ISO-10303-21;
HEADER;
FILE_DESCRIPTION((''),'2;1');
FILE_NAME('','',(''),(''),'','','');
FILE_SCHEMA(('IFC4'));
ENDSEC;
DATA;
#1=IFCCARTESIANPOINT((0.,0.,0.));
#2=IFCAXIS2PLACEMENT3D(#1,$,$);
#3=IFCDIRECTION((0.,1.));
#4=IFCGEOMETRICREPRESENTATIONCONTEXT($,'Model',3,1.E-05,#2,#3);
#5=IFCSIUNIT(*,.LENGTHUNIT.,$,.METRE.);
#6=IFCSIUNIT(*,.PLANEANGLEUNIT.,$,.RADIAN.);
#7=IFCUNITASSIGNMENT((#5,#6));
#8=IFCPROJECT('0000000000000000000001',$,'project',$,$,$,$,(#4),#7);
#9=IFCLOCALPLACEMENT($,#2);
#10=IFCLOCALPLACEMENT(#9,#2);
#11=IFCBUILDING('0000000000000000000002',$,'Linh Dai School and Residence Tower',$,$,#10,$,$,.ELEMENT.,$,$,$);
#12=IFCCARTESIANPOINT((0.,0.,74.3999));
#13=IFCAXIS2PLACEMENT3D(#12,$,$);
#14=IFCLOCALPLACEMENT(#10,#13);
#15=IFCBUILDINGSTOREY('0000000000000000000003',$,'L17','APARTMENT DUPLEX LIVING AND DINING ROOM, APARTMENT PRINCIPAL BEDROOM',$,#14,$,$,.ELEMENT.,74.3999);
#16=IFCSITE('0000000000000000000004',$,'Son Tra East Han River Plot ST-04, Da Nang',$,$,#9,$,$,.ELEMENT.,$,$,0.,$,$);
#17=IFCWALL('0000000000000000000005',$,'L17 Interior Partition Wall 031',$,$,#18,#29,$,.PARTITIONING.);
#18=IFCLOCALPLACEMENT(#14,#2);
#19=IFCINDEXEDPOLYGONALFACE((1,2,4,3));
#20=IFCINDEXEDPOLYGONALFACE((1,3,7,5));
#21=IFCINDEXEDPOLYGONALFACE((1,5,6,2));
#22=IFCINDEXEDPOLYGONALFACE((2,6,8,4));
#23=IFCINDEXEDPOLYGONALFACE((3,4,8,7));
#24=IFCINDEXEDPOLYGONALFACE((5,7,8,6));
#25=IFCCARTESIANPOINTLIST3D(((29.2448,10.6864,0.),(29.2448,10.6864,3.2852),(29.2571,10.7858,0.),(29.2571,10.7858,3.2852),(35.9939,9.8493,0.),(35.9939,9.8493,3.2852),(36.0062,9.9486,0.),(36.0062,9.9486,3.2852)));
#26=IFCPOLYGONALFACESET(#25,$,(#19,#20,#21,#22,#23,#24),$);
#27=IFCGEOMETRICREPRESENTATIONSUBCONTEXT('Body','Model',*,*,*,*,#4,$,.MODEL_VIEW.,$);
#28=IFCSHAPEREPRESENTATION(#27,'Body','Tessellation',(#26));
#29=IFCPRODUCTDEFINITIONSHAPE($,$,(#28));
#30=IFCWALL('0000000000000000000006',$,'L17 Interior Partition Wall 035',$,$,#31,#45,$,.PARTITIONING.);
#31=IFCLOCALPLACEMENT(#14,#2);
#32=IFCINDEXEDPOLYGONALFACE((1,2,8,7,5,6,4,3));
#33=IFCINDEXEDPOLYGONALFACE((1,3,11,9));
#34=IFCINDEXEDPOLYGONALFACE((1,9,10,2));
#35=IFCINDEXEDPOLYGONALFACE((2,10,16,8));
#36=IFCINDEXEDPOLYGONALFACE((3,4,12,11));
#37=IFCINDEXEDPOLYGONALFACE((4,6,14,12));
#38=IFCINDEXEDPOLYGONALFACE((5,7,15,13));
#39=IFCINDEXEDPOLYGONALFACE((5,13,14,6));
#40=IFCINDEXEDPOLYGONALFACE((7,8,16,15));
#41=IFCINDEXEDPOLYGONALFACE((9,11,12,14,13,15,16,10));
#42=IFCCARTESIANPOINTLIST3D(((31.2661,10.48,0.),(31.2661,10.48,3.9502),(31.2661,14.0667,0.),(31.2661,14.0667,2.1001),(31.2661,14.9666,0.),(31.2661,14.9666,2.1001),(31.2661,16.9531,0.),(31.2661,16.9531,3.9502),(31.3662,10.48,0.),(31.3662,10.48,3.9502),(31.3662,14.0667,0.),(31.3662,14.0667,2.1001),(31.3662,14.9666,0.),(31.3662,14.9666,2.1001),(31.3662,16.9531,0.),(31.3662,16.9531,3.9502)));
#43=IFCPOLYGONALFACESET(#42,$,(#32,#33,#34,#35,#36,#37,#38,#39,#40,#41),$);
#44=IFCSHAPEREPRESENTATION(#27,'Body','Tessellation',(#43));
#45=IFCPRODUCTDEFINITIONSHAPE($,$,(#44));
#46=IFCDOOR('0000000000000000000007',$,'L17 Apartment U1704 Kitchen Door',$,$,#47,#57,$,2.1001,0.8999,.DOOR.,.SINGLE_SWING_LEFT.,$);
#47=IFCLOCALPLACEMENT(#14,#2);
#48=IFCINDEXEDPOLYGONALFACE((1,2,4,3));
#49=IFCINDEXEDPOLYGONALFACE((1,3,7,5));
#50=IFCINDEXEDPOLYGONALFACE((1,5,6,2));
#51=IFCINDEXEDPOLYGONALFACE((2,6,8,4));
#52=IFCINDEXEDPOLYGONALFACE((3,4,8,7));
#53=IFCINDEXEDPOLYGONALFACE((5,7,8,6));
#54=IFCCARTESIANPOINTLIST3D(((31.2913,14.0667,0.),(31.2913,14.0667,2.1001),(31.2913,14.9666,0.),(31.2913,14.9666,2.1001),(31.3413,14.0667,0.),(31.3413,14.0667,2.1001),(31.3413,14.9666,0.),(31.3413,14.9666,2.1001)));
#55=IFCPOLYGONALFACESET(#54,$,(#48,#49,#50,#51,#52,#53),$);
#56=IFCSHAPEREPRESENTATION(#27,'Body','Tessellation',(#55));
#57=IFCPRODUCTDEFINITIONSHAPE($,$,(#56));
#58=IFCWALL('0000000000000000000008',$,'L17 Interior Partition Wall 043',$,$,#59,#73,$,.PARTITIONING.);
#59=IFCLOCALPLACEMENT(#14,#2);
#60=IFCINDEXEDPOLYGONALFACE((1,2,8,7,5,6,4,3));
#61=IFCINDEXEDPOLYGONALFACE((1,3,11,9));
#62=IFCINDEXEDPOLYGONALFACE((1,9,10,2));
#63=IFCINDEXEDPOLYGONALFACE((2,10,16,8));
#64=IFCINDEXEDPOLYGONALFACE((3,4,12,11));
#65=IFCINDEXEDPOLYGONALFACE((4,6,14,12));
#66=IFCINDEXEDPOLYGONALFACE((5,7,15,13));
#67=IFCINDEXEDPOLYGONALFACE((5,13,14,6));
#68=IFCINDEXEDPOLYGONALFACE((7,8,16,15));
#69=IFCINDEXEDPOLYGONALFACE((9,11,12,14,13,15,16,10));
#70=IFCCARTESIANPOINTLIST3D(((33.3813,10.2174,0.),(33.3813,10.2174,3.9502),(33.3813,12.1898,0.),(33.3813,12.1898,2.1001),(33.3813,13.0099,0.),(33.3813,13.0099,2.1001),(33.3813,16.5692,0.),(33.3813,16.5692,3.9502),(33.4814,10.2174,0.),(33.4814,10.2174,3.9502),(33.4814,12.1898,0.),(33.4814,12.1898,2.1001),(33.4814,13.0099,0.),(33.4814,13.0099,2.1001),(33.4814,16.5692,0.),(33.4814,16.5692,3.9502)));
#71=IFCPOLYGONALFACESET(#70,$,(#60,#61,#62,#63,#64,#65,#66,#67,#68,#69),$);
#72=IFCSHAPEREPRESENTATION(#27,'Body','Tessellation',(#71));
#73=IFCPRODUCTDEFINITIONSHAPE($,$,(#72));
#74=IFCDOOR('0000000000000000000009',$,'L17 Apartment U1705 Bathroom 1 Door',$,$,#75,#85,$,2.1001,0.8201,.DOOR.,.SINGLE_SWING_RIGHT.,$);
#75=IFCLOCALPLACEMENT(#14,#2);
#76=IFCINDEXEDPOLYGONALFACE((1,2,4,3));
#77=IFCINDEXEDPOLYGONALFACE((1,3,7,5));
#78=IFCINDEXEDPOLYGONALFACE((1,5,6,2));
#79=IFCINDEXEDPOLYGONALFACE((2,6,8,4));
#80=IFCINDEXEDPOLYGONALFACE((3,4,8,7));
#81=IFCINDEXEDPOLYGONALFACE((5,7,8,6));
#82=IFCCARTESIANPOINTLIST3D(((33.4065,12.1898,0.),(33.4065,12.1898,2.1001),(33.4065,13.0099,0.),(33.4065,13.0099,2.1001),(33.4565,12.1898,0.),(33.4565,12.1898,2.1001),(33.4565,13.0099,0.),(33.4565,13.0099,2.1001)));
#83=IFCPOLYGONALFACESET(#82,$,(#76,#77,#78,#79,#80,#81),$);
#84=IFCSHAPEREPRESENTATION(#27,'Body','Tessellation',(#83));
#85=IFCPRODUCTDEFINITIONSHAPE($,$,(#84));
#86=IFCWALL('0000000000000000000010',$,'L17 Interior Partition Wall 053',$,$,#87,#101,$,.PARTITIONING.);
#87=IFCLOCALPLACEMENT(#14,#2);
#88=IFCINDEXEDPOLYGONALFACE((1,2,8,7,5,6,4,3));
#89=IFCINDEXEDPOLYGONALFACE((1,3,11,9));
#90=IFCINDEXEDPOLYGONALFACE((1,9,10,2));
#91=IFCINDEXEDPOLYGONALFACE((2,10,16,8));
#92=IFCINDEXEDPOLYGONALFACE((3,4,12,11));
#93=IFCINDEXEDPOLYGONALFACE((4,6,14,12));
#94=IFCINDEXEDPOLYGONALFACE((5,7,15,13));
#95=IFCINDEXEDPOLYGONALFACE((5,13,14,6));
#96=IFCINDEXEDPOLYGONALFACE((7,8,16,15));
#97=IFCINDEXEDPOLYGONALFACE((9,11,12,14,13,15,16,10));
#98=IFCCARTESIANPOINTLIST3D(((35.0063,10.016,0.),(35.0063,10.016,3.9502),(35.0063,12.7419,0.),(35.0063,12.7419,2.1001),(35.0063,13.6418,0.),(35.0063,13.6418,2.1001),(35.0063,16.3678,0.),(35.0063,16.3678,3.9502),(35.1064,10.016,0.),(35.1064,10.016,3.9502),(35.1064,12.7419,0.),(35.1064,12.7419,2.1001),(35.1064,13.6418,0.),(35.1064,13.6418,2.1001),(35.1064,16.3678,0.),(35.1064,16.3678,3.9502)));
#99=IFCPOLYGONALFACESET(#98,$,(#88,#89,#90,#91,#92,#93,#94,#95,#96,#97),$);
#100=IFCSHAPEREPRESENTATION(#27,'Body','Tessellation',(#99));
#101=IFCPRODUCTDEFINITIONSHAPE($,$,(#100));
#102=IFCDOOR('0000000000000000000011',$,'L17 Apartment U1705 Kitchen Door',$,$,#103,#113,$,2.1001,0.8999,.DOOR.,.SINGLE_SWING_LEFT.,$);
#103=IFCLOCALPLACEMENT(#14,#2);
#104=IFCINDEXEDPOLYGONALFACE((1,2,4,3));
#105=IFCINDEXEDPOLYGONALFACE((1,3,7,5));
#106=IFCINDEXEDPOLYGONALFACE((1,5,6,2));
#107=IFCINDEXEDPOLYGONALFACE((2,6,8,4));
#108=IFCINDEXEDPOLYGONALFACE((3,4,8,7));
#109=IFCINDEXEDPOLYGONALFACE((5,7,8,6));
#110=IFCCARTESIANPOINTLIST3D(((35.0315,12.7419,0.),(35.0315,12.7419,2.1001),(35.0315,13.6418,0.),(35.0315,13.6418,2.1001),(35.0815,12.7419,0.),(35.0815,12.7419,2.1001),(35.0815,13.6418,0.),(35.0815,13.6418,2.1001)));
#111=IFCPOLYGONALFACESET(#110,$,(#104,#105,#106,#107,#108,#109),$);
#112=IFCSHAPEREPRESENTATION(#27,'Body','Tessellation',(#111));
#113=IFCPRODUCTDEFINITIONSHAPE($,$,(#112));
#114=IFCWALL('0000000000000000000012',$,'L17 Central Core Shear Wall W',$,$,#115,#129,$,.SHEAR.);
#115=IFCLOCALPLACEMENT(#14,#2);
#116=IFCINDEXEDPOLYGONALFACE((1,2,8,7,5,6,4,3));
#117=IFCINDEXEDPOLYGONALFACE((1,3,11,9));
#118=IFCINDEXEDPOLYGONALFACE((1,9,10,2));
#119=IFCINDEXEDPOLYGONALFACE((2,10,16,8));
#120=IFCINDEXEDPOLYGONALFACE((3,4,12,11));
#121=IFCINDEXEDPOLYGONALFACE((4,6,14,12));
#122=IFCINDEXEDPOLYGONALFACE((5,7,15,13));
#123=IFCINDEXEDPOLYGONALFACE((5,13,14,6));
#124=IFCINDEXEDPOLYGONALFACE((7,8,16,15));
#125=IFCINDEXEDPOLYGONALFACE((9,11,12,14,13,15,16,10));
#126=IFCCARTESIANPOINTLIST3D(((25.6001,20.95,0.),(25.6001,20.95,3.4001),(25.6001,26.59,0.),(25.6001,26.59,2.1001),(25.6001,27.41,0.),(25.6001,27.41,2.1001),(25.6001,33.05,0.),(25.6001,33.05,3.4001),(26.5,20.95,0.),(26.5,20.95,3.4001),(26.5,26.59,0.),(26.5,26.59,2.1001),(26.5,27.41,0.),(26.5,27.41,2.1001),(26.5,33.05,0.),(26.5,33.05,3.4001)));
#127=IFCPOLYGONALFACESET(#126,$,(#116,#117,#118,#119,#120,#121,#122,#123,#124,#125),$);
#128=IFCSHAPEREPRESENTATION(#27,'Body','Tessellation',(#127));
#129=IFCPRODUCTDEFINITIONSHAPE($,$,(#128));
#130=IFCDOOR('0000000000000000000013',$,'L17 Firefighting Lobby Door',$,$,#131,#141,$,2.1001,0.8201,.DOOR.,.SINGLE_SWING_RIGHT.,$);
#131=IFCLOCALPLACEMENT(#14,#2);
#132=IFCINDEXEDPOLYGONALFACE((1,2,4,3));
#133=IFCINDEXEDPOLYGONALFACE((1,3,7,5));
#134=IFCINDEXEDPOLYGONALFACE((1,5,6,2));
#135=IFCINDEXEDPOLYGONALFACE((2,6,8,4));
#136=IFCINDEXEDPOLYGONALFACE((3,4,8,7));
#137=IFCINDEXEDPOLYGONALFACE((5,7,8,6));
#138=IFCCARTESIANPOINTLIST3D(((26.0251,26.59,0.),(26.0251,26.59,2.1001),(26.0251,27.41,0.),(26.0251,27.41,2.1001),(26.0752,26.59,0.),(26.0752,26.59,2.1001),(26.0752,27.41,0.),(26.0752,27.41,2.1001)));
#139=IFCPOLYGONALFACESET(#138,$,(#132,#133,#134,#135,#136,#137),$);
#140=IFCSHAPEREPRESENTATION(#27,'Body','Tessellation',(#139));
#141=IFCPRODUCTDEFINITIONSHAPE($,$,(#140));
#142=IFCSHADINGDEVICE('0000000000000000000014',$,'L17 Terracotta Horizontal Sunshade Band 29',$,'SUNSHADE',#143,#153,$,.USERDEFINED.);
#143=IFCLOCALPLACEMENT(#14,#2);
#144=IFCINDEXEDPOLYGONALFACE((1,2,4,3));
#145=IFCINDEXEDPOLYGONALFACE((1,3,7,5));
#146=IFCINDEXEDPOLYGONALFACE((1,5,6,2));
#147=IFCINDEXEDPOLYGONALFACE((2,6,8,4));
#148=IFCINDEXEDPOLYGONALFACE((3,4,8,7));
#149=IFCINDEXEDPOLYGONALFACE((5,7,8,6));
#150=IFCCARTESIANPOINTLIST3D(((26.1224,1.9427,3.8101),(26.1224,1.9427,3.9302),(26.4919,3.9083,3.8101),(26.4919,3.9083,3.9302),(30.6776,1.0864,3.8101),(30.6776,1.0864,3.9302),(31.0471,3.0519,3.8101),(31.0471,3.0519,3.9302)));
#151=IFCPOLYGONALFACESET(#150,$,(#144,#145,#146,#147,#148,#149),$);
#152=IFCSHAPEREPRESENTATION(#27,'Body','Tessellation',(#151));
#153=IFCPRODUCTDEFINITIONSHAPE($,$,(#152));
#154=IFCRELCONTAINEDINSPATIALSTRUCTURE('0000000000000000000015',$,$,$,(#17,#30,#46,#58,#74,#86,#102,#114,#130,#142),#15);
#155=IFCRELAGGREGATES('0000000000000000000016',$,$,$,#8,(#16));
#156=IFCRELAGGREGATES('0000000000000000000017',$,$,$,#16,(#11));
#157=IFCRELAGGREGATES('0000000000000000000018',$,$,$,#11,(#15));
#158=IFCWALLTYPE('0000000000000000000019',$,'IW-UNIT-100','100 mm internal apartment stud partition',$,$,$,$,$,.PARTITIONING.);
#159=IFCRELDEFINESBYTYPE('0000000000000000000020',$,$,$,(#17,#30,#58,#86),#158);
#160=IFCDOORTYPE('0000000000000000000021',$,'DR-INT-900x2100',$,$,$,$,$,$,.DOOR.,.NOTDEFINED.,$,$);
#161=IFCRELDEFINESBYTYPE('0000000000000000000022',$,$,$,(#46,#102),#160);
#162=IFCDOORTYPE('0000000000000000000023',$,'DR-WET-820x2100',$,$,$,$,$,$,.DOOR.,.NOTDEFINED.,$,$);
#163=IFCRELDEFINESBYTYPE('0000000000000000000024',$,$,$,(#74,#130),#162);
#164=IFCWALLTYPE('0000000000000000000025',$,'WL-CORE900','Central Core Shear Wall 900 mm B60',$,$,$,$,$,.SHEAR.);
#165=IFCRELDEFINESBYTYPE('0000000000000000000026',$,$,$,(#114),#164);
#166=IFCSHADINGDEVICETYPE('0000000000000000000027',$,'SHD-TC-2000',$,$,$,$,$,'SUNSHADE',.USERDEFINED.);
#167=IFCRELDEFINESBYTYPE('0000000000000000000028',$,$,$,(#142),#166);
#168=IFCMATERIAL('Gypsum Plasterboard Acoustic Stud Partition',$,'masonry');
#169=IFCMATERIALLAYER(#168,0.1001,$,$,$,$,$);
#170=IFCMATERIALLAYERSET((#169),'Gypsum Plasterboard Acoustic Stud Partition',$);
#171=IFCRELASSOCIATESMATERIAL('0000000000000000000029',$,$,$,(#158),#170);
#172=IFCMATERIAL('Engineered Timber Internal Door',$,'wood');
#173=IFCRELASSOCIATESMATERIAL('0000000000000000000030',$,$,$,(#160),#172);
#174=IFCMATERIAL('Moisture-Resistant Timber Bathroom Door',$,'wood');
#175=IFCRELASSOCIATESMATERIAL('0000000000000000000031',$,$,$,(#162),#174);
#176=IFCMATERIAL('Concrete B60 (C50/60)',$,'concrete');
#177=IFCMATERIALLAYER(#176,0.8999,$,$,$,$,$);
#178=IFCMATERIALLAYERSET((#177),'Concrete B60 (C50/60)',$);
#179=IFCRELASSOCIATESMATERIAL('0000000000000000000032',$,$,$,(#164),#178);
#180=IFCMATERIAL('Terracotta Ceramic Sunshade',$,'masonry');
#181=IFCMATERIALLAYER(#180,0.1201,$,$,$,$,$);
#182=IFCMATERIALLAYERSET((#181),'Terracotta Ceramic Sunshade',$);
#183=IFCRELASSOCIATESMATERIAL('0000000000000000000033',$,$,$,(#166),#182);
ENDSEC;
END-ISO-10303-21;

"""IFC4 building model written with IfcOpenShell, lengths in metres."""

from ifc_helpers import new_model, si_unit, direction, frame, frame_2d, origin, origin_2d, place, context, subcontext, project, spatial, rectangle, extrude, source, transform, mapped, material, layer, layer_set, type_object, element, fill, save


model = new_model("IFC4")

# Units and contexts
model_context = context("Model", 3, precision=1e-05, world=origin(), true_north=direction((0.0, 1.0)))
body_context = subcontext(model_context, "Body", "Model", "MODEL_VIEW")
ifc_project = project(units=[si_unit("LENGTHUNIT", "METRE"), si_unit("PLANEANGLEUNIT", "RADIAN")], contexts=[model_context])

# Site, building, storey
site_placement = place(None, origin())
site = spatial("IfcSite", under=ifc_project, at=site_placement, Name="Son Tra East Han River Plot ST-04, Da Nang", CompositionType="ELEMENT", RefElevation=0.0)
building_placement = place(site_placement, origin())
building = spatial("IfcBuilding", under=site, at=building_placement, Name="Linh Dai School and Residence Tower", CompositionType="ELEMENT")
storey_placement = place(building_placement, frame((0.0, 0.0, 74.3999)))
storey = spatial("IfcBuildingStorey", under=building, at=storey_placement, Name="L17", Description="APARTMENT DUPLEX LIVING AND DINING ROOM, APARTMENT PRINCIPAL BEDROOM", CompositionType="ELEMENT", Elevation=74.3999)

# Shared definitions
ifc_material_1 = material(Name="Concrete B60 (C50/60)", Category="concrete")

# Wall
ifc_material_2 = material(Name="Gypsum Plasterboard Acoustic Stud Partition", Category="masonry")
ifc_layer_1 = layer(ifc_material_2, 0.1001)
ifc_layer_set_1 = layer_set([ifc_layer_1], Name="Gypsum Plasterboard Acoustic Stud Partition")
wall_type_1 = type_object("IfcWallType", Name="IW-UNIT-100", Description="100 mm internal apartment stud partition", PredefinedType="PARTITIONING", material=ifc_layer_set_1)
wall_1_placement = place(storey_placement, frame((29.251, 10.7361, 0.0), z_axis=(0.0, 0.0, 1.0), x_axis=(0.992395, -0.123098, 0.0)))
element("IfcWall", 1, at=wall_1_placement, inside=storey, type_object=wall_type_1, Name="L17 Interior Partition Wall 031", PredefinedType="PARTITIONING", context=body_context, shape_type="SweptSolid", body=[
    extrude(rectangle(XDim=6.8008, YDim=0.1001, at=frame_2d((3.4004, 0.0))), origin(), (0.0, 0.0, 1.0), 3.2852),
])

# Walls, openings, doors
wall_2_placement = place(storey_placement, frame((31.3162, 10.48, 0.0), z_axis=(0.0, 0.0, 1.0), x_axis=(0.0, 1.0, 0.0)))
wall_2 = element("IfcWall", 2, at=wall_2_placement, inside=storey, type_object=wall_type_1, Name="L17 Interior Partition Wall 035", PredefinedType="PARTITIONING", context=body_context, shape_type="SweptSolid", body=[
    extrude(rectangle(XDim=6.4731, YDim=0.1001, at=frame_2d((3.2366, 0.0))), origin(), (0.0, 0.0, 1.0), 3.9502),
])
opening_1_placement = place(wall_2_placement, frame((3.5867, 0.0, 0.0)))
opening_1 = element("IfcOpeningElement", 3, at=opening_1_placement, cuts=wall_2, PredefinedType="OPENING", context=body_context, shape_type="SweptSolid", body=[
    extrude(rectangle(XDim=0.8999, YDim=2.1001, at=origin_2d()), frame((0.45, 0.0601, 1.05), z_axis=(0.0, -1.0, 0.0), x_axis=(1.0, 0.0, 0.0)), (0.0, 0.0, 1.0), 0.1201),
])
ifc_material_3 = material(Name="Engineered Timber Internal Door", Category="wood")
door_type_1 = type_object("IfcDoorType", Name="DR-INT-900x2100", OperationType="NOTDEFINED", PredefinedType="DOOR", material=ifc_material_3)
shared_shape_1 = source(origin(), body_context, "Body", "SweptSolid", [
    extrude(rectangle(XDim=0.8999, YDim=2.1001, at=origin_2d()), frame((0.45, 0.0249, 1.05), z_axis=(0.0, -1.0, 0.0), x_axis=(1.0, 0.0, 0.0)), (0.0, 0.0, 1.0), 0.05),
])
door_1_placement = place(opening_1_placement, origin())
door_1 = element("IfcDoor", 4, at=door_1_placement, inside=storey, type_object=door_type_1, Name="L17 Apartment U1704 Kitchen Door", OperationType="SINGLE_SWING_LEFT", OverallHeight=2.1001, OverallWidth=0.8999, PredefinedType="DOOR", context=body_context, shape_type="MappedRepresentation", body=[
    mapped(shared_shape_1, transform((0.0, 0.0, 0.0), x_axis=(1.0, 0.0, 0.0), y_axis=(0.0, 1.0, 0.0), z_axis=(0.0, 0.0, 1.0), scale=1.0)),
])
fill(opening_1, door_1)
wall_3_placement = place(storey_placement, frame((33.4314, 10.2175, 0.0), z_axis=(0.0, 0.0, 1.0), x_axis=(0.0, 1.0, 0.0)))
wall_3 = element("IfcWall", 5, at=wall_3_placement, inside=storey, type_object=wall_type_1, Name="L17 Interior Partition Wall 043", PredefinedType="PARTITIONING", context=body_context, shape_type="SweptSolid", body=[
    extrude(rectangle(XDim=6.3518, YDim=0.1001, at=frame_2d((3.1758, 0.0))), origin(), (0.0, 0.0, 1.0), 3.9502),
])
opening_2_placement = place(wall_3_placement, frame((1.9722, 0.0, 0.0)))
opening_2 = element("IfcOpeningElement", 6, at=opening_2_placement, cuts=wall_3, PredefinedType="OPENING", context=body_context, shape_type="SweptSolid", body=[
    extrude(rectangle(XDim=0.8201, YDim=2.1001, at=origin_2d()), frame((0.4102, 0.0601, 1.05), z_axis=(0.0, -1.0, 0.0), x_axis=(1.0, 0.0, 0.0)), (0.0, 0.0, 1.0), 0.1201),
])
ifc_material_4 = material(Name="Moisture-Resistant Timber Bathroom Door", Category="wood")
door_type_2 = type_object("IfcDoorType", Name="DR-WET-820x2100", OperationType="NOTDEFINED", PredefinedType="DOOR", material=ifc_material_4)
shared_shape_2 = source(origin(), body_context, "Body", "SweptSolid", [
    extrude(rectangle(XDim=0.8201, YDim=2.1001, at=origin_2d()), frame((0.4102, 0.0249, 1.05), z_axis=(0.0, -1.0, 0.0), x_axis=(1.0, 0.0, 0.0)), (0.0, 0.0, 1.0), 0.05),
])
door_2_placement = place(opening_2_placement, origin())
door_2 = element("IfcDoor", 7, at=door_2_placement, inside=storey, type_object=door_type_2, Name="L17 Apartment U1705 Bathroom 1 Door", OperationType="SINGLE_SWING_RIGHT", OverallHeight=2.1001, OverallWidth=0.8201, PredefinedType="DOOR", context=body_context, shape_type="MappedRepresentation", body=[
    mapped(shared_shape_2, transform((0.0, 0.0, 0.0), x_axis=(1.0, 0.0, 0.0), y_axis=(0.0, 1.0, 0.0), z_axis=(0.0, 0.0, 1.0), scale=1.0)),
])
fill(opening_2, door_2)
wall_4_placement = place(storey_placement, frame((35.0564, 10.0161, 0.0), z_axis=(0.0, 0.0, 1.0), x_axis=(0.0, 1.0, 0.0)))
wall_4 = element("IfcWall", 8, at=wall_4_placement, inside=storey, type_object=wall_type_1, Name="L17 Interior Partition Wall 053", PredefinedType="PARTITIONING", context=body_context, shape_type="SweptSolid", body=[
    extrude(rectangle(XDim=6.3518, YDim=0.1001, at=frame_2d((3.1758, 0.0))), origin(), (0.0, 0.0, 1.0), 3.9502),
])
opening_3_placement = place(wall_4_placement, frame((2.7258, 0.0, 0.0)))
opening_3 = element("IfcOpeningElement", 9, at=opening_3_placement, cuts=wall_4, PredefinedType="OPENING", context=body_context, shape_type="SweptSolid", body=[
    extrude(rectangle(XDim=0.8999, YDim=2.1001, at=origin_2d()), frame((0.45, 0.0601, 1.05), z_axis=(0.0, -1.0, 0.0), x_axis=(1.0, 0.0, 0.0)), (0.0, 0.0, 1.0), 0.1201),
])
door_3_placement = place(opening_3_placement, origin())
door_3 = element("IfcDoor", 10, at=door_3_placement, inside=storey, type_object=door_type_1, Name="L17 Apartment U1705 Kitchen Door", OperationType="SINGLE_SWING_LEFT", OverallHeight=2.1001, OverallWidth=0.8999, PredefinedType="DOOR", context=body_context, shape_type="MappedRepresentation", body=[
    mapped(shared_shape_1, transform((0.0, 0.0, 0.0), x_axis=(1.0, 0.0, 0.0), y_axis=(0.0, 1.0, 0.0), z_axis=(0.0, 0.0, 1.0), scale=1.0)),
])
fill(opening_3, door_3)
ifc_layer_2 = layer(ifc_material_1, 0.8999)
ifc_layer_set_2 = layer_set([ifc_layer_2], Name="Concrete B60 (C50/60)")
wall_type_2 = type_object("IfcWallType", Name="WL-CORE900", Description="Central Core Shear Wall 900 mm B60", PredefinedType="SHEAR", material=ifc_layer_set_2)
wall_5_placement = place(storey_placement, frame((26.05, 20.95, 0.0), z_axis=(0.0, 0.0, 1.0), x_axis=(0.0, 1.0, 0.0)))
wall_5 = element("IfcWall", 11, at=wall_5_placement, inside=storey, type_object=wall_type_2, Name="L17 Central Core Shear Wall W", PredefinedType="SHEAR", context=body_context, shape_type="SweptSolid", body=[
    extrude(rectangle(XDim=12.1001, YDim=0.8999, at=frame_2d((6.05, 0.0))), origin(), (0.0, 0.0, 1.0), 3.4001),
])
opening_4_placement = place(wall_5_placement, frame((5.6399, 0.0, 0.0)))
opening_4 = element("IfcOpeningElement", 12, at=opening_4_placement, cuts=wall_5, PredefinedType="OPENING", context=body_context, shape_type="SweptSolid", body=[
    extrude(rectangle(XDim=0.8201, YDim=2.1001, at=origin_2d()), frame((0.4102, 0.46, 1.05), z_axis=(0.0, -1.0, 0.0), x_axis=(1.0, 0.0, 0.0)), (0.0, 0.0, 1.0), 0.9199),
])
door_4_placement = place(opening_4_placement, origin())
door_4 = element("IfcDoor", 13, at=door_4_placement, inside=storey, type_object=door_type_2, Name="L17 Firefighting Lobby Door", OperationType="SINGLE_SWING_RIGHT", OverallHeight=2.1001, OverallWidth=0.8201, PredefinedType="DOOR", context=body_context, shape_type="MappedRepresentation", body=[
    mapped(shared_shape_2, transform((0.0, 0.0, 0.0), x_axis=(1.0, 0.0, 0.0), y_axis=(0.0, 1.0, 0.0), z_axis=(0.0, 0.0, 1.0), scale=1.0)),
])
fill(opening_4, door_4)

# Shading device
ifc_material_5 = material(Name="Terracotta Ceramic Sunshade", Category="masonry")
ifc_layer_3 = layer(ifc_material_5, 0.1201)
ifc_layer_set_3 = layer_set([ifc_layer_3], Name="Terracotta Ceramic Sunshade")
shading_device_type = type_object("IfcShadingDeviceType", Name="SHD-TC-2000", ElementType="SUNSHADE", PredefinedType="USERDEFINED", material=ifc_layer_set_3)
shared_shape_3 = source(origin(), body_context, "Body", "SweptSolid", [
    extrude(rectangle(XDim=4.635, YDim=2.0, at=origin_2d()), origin(), (0.0, 0.0, 1.0), 0.1201),
])
shading_device_placement = place(storey_placement, frame((28.5847, 2.4973, 3.8101), z_axis=(0.0, 0.0, 1.0), x_axis=(-0.982786, 0.184748, 0.0)))
element("IfcShadingDevice", 14, at=shading_device_placement, inside=storey, type_object=shading_device_type, Name="L17 Terracotta Horizontal Sunshade Band 29", ObjectType="SUNSHADE", PredefinedType="USERDEFINED", context=body_context, shape_type="MappedRepresentation", body=[
    mapped(shared_shape_3, transform((0.0, 0.0, 0.0), x_axis=(1.0, 0.0, 0.0), y_axis=(0.0, 1.0, 0.0), z_axis=(0.0, 0.0, 1.0), scale=1.0)),
])

save(model, "model.ifc")
